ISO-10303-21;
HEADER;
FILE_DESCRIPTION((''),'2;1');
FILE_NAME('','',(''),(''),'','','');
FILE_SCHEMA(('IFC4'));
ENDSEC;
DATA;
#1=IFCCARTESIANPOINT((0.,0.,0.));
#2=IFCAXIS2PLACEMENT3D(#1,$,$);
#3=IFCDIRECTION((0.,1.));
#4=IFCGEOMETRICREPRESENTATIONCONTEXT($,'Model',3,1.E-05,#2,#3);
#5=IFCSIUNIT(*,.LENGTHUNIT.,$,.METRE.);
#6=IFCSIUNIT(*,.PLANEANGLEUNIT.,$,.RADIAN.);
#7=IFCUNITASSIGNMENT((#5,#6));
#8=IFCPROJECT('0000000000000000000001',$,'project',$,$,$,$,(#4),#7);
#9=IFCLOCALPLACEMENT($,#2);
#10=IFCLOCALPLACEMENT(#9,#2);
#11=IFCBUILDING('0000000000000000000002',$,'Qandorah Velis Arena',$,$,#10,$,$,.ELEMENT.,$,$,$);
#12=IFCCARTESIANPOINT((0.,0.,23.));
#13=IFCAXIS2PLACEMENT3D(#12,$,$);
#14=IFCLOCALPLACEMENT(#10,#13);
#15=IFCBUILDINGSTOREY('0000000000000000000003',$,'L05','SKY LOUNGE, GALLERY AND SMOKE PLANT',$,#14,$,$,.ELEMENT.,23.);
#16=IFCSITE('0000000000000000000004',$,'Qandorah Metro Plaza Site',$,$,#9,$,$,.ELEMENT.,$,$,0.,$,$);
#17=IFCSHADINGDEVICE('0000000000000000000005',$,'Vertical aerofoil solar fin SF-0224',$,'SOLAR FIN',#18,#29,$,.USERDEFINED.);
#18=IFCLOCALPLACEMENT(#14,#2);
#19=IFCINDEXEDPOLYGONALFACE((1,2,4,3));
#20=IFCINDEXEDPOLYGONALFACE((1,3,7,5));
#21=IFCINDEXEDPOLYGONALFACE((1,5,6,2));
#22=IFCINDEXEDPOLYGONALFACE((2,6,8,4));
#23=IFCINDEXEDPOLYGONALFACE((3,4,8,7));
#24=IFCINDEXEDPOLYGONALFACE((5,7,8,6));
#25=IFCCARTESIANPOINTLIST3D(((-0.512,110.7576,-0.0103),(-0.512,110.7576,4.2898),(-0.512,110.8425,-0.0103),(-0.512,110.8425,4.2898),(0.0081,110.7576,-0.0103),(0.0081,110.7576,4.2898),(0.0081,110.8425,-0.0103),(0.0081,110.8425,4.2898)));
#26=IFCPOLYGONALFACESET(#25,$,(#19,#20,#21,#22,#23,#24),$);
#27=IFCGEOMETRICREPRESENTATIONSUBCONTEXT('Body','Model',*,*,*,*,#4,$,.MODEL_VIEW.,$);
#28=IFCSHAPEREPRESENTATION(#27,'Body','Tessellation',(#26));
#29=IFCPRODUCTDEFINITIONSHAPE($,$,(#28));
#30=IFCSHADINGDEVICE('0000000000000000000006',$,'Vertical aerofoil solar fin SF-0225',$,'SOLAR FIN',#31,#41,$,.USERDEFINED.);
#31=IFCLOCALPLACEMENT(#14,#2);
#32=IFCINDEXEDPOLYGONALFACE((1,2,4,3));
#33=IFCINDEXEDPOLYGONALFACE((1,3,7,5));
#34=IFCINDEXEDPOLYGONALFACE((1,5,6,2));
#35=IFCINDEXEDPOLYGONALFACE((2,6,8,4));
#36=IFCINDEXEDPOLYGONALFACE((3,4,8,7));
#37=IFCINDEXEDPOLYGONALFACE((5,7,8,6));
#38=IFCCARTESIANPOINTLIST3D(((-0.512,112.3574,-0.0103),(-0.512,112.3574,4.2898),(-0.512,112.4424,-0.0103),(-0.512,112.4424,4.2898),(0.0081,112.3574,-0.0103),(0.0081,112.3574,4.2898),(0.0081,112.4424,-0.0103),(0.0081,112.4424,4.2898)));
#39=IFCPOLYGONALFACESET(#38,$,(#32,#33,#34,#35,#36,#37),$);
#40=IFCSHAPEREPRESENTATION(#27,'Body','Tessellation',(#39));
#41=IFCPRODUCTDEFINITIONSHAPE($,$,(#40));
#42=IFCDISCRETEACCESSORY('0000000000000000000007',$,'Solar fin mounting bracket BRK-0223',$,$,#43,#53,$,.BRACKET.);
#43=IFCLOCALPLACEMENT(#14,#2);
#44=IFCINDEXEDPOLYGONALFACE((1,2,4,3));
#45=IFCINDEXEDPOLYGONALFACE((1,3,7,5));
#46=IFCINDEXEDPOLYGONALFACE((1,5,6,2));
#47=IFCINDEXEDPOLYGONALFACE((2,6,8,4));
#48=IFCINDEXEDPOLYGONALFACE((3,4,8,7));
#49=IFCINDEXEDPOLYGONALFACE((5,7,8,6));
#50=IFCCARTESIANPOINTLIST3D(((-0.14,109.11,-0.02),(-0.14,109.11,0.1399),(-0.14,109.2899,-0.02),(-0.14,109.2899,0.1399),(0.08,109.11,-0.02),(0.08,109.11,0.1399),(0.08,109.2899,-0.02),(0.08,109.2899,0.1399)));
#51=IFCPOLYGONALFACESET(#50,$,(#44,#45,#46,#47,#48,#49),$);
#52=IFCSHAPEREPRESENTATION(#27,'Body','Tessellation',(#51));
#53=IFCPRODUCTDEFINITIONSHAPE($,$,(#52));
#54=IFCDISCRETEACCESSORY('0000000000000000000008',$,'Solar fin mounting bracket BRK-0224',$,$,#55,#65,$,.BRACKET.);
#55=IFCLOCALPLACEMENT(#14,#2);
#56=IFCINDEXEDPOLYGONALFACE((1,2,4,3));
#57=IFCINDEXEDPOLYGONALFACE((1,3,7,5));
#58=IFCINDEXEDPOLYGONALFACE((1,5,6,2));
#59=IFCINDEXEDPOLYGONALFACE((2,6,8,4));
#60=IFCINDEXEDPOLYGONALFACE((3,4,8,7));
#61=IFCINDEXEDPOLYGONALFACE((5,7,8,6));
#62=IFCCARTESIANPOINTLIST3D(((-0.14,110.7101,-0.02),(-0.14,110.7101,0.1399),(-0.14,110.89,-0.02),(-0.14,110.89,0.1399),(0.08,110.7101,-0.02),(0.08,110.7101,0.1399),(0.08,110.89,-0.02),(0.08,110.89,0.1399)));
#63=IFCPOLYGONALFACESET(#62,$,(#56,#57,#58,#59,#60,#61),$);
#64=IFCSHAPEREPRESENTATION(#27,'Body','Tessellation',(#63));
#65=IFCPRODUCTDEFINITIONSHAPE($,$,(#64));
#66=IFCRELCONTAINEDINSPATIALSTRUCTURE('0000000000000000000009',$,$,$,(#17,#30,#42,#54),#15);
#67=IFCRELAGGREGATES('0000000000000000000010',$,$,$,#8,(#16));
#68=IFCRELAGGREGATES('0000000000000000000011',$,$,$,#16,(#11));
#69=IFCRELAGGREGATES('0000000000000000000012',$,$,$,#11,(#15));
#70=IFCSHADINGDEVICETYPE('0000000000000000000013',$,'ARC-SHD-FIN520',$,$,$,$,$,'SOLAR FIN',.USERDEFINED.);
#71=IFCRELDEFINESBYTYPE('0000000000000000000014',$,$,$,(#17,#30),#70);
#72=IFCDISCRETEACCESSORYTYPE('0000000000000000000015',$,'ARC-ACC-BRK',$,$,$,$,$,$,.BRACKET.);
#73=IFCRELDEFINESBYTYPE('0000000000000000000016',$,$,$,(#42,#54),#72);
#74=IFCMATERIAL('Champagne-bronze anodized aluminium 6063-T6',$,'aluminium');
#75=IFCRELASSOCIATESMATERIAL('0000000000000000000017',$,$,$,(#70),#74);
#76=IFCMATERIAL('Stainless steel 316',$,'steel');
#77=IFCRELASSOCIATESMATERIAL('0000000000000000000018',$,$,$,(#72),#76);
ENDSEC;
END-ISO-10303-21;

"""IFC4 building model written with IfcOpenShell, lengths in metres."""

from ifc_helpers import new_model, si_unit, direction, frame, origin, origin_2d, place, context, subcontext, project, spatial, rectangle, extrude, material, type_object, element, save


model = new_model("IFC4")

# Units and contexts
model_context = context("Model", 3, precision=1e-05, world=origin(), true_north=direction((0.0, 1.0)))
body_context = subcontext(model_context, "Body", "Model", "MODEL_VIEW")
ifc_project = project(units=[si_unit("LENGTHUNIT", "METRE"), si_unit("PLANEANGLEUNIT", "RADIAN")], contexts=[model_context])

# Site, building, storey
site_placement = place(None, origin())
site = spatial("IfcSite", under=ifc_project, at=site_placement, Name="Qandorah Metro Plaza Site", CompositionType="ELEMENT", RefElevation=0.0)
building_placement = place(site_placement, origin())
building = spatial("IfcBuilding", under=site, at=building_placement, Name="Qandorah Velis Arena", CompositionType="ELEMENT")
storey_placement = place(building_placement, frame((0.0, 0.0, 23.0)))
storey = spatial("IfcBuildingStorey", under=building, at=storey_placement, Name="L05", Description="SKY LOUNGE, GALLERY AND SMOKE PLANT", CompositionType="ELEMENT", Elevation=23.0)

# Shared definitions
ifc_material_1 = material(Name="Champagne-bronze anodized aluminium 6063-T6", Category="aluminium")

# Shading devices
shading_device_type = type_object("IfcShadingDeviceType", Name="ARC-SHD-FIN520", ElementType="SOLAR FIN", PredefinedType="USERDEFINED", material=ifc_material_1)
for number, where, z_axis, x_axis, name in (
    (1, (-0.252, 110.8, -0.0103), (0.0, 0.0, 1.0), (1.0, 0.0, 0.0), "Vertical aerofoil solar fin SF-0224"),
    (2, (-0.252, 112.3999, -0.0103), (0.0, 0.0, 1.0), (1.0, 0.0, 0.0), "Vertical aerofoil solar fin SF-0225"),
):
    element("IfcShadingDevice", number, at=place(storey_placement, frame(where, z_axis=z_axis, x_axis=x_axis)), inside=storey, type_object=shading_device_type, Name=name, ObjectType="SOLAR FIN", PredefinedType="USERDEFINED", context=body_context, shape_type="SweptSolid", body=[
        extrude(rectangle(XDim=0.52, YDim=0.085, at=origin_2d()), origin(), (0.0, 0.0, 1.0), 4.3),
    ])

# Discrete accessories
ifc_material_2 = material(Name="Stainless steel 316", Category="steel")
discrete_accessory_type = type_object("IfcDiscreteAccessoryType", Name="ARC-ACC-BRK", PredefinedType="BRACKET", material=ifc_material_2)
for number, where, z_axis, x_axis, name in (
    (3, (-0.03, 109.2, -0.02), (0.0, 0.0, 1.0), (1.0, 0.0, 0.0), "Solar fin mounting bracket BRK-0223"),
    (4, (-0.03, 110.8, -0.02), (0.0, 0.0, 1.0), (1.0, 0.0, 0.0), "Solar fin mounting bracket BRK-0224"),
):
    element("IfcDiscreteAccessory", number, at=place(storey_placement, frame(where, z_axis=z_axis, x_axis=x_axis)), inside=storey, type_object=discrete_accessory_type, Name=name, PredefinedType="BRACKET", context=body_context, shape_type="SweptSolid", body=[
        extrude(rectangle(XDim=0.22, YDim=0.1799, at=origin_2d()), origin(), (0.0, 0.0, 1.0), 0.1599),
    ])

save(model, "model.ifc")
